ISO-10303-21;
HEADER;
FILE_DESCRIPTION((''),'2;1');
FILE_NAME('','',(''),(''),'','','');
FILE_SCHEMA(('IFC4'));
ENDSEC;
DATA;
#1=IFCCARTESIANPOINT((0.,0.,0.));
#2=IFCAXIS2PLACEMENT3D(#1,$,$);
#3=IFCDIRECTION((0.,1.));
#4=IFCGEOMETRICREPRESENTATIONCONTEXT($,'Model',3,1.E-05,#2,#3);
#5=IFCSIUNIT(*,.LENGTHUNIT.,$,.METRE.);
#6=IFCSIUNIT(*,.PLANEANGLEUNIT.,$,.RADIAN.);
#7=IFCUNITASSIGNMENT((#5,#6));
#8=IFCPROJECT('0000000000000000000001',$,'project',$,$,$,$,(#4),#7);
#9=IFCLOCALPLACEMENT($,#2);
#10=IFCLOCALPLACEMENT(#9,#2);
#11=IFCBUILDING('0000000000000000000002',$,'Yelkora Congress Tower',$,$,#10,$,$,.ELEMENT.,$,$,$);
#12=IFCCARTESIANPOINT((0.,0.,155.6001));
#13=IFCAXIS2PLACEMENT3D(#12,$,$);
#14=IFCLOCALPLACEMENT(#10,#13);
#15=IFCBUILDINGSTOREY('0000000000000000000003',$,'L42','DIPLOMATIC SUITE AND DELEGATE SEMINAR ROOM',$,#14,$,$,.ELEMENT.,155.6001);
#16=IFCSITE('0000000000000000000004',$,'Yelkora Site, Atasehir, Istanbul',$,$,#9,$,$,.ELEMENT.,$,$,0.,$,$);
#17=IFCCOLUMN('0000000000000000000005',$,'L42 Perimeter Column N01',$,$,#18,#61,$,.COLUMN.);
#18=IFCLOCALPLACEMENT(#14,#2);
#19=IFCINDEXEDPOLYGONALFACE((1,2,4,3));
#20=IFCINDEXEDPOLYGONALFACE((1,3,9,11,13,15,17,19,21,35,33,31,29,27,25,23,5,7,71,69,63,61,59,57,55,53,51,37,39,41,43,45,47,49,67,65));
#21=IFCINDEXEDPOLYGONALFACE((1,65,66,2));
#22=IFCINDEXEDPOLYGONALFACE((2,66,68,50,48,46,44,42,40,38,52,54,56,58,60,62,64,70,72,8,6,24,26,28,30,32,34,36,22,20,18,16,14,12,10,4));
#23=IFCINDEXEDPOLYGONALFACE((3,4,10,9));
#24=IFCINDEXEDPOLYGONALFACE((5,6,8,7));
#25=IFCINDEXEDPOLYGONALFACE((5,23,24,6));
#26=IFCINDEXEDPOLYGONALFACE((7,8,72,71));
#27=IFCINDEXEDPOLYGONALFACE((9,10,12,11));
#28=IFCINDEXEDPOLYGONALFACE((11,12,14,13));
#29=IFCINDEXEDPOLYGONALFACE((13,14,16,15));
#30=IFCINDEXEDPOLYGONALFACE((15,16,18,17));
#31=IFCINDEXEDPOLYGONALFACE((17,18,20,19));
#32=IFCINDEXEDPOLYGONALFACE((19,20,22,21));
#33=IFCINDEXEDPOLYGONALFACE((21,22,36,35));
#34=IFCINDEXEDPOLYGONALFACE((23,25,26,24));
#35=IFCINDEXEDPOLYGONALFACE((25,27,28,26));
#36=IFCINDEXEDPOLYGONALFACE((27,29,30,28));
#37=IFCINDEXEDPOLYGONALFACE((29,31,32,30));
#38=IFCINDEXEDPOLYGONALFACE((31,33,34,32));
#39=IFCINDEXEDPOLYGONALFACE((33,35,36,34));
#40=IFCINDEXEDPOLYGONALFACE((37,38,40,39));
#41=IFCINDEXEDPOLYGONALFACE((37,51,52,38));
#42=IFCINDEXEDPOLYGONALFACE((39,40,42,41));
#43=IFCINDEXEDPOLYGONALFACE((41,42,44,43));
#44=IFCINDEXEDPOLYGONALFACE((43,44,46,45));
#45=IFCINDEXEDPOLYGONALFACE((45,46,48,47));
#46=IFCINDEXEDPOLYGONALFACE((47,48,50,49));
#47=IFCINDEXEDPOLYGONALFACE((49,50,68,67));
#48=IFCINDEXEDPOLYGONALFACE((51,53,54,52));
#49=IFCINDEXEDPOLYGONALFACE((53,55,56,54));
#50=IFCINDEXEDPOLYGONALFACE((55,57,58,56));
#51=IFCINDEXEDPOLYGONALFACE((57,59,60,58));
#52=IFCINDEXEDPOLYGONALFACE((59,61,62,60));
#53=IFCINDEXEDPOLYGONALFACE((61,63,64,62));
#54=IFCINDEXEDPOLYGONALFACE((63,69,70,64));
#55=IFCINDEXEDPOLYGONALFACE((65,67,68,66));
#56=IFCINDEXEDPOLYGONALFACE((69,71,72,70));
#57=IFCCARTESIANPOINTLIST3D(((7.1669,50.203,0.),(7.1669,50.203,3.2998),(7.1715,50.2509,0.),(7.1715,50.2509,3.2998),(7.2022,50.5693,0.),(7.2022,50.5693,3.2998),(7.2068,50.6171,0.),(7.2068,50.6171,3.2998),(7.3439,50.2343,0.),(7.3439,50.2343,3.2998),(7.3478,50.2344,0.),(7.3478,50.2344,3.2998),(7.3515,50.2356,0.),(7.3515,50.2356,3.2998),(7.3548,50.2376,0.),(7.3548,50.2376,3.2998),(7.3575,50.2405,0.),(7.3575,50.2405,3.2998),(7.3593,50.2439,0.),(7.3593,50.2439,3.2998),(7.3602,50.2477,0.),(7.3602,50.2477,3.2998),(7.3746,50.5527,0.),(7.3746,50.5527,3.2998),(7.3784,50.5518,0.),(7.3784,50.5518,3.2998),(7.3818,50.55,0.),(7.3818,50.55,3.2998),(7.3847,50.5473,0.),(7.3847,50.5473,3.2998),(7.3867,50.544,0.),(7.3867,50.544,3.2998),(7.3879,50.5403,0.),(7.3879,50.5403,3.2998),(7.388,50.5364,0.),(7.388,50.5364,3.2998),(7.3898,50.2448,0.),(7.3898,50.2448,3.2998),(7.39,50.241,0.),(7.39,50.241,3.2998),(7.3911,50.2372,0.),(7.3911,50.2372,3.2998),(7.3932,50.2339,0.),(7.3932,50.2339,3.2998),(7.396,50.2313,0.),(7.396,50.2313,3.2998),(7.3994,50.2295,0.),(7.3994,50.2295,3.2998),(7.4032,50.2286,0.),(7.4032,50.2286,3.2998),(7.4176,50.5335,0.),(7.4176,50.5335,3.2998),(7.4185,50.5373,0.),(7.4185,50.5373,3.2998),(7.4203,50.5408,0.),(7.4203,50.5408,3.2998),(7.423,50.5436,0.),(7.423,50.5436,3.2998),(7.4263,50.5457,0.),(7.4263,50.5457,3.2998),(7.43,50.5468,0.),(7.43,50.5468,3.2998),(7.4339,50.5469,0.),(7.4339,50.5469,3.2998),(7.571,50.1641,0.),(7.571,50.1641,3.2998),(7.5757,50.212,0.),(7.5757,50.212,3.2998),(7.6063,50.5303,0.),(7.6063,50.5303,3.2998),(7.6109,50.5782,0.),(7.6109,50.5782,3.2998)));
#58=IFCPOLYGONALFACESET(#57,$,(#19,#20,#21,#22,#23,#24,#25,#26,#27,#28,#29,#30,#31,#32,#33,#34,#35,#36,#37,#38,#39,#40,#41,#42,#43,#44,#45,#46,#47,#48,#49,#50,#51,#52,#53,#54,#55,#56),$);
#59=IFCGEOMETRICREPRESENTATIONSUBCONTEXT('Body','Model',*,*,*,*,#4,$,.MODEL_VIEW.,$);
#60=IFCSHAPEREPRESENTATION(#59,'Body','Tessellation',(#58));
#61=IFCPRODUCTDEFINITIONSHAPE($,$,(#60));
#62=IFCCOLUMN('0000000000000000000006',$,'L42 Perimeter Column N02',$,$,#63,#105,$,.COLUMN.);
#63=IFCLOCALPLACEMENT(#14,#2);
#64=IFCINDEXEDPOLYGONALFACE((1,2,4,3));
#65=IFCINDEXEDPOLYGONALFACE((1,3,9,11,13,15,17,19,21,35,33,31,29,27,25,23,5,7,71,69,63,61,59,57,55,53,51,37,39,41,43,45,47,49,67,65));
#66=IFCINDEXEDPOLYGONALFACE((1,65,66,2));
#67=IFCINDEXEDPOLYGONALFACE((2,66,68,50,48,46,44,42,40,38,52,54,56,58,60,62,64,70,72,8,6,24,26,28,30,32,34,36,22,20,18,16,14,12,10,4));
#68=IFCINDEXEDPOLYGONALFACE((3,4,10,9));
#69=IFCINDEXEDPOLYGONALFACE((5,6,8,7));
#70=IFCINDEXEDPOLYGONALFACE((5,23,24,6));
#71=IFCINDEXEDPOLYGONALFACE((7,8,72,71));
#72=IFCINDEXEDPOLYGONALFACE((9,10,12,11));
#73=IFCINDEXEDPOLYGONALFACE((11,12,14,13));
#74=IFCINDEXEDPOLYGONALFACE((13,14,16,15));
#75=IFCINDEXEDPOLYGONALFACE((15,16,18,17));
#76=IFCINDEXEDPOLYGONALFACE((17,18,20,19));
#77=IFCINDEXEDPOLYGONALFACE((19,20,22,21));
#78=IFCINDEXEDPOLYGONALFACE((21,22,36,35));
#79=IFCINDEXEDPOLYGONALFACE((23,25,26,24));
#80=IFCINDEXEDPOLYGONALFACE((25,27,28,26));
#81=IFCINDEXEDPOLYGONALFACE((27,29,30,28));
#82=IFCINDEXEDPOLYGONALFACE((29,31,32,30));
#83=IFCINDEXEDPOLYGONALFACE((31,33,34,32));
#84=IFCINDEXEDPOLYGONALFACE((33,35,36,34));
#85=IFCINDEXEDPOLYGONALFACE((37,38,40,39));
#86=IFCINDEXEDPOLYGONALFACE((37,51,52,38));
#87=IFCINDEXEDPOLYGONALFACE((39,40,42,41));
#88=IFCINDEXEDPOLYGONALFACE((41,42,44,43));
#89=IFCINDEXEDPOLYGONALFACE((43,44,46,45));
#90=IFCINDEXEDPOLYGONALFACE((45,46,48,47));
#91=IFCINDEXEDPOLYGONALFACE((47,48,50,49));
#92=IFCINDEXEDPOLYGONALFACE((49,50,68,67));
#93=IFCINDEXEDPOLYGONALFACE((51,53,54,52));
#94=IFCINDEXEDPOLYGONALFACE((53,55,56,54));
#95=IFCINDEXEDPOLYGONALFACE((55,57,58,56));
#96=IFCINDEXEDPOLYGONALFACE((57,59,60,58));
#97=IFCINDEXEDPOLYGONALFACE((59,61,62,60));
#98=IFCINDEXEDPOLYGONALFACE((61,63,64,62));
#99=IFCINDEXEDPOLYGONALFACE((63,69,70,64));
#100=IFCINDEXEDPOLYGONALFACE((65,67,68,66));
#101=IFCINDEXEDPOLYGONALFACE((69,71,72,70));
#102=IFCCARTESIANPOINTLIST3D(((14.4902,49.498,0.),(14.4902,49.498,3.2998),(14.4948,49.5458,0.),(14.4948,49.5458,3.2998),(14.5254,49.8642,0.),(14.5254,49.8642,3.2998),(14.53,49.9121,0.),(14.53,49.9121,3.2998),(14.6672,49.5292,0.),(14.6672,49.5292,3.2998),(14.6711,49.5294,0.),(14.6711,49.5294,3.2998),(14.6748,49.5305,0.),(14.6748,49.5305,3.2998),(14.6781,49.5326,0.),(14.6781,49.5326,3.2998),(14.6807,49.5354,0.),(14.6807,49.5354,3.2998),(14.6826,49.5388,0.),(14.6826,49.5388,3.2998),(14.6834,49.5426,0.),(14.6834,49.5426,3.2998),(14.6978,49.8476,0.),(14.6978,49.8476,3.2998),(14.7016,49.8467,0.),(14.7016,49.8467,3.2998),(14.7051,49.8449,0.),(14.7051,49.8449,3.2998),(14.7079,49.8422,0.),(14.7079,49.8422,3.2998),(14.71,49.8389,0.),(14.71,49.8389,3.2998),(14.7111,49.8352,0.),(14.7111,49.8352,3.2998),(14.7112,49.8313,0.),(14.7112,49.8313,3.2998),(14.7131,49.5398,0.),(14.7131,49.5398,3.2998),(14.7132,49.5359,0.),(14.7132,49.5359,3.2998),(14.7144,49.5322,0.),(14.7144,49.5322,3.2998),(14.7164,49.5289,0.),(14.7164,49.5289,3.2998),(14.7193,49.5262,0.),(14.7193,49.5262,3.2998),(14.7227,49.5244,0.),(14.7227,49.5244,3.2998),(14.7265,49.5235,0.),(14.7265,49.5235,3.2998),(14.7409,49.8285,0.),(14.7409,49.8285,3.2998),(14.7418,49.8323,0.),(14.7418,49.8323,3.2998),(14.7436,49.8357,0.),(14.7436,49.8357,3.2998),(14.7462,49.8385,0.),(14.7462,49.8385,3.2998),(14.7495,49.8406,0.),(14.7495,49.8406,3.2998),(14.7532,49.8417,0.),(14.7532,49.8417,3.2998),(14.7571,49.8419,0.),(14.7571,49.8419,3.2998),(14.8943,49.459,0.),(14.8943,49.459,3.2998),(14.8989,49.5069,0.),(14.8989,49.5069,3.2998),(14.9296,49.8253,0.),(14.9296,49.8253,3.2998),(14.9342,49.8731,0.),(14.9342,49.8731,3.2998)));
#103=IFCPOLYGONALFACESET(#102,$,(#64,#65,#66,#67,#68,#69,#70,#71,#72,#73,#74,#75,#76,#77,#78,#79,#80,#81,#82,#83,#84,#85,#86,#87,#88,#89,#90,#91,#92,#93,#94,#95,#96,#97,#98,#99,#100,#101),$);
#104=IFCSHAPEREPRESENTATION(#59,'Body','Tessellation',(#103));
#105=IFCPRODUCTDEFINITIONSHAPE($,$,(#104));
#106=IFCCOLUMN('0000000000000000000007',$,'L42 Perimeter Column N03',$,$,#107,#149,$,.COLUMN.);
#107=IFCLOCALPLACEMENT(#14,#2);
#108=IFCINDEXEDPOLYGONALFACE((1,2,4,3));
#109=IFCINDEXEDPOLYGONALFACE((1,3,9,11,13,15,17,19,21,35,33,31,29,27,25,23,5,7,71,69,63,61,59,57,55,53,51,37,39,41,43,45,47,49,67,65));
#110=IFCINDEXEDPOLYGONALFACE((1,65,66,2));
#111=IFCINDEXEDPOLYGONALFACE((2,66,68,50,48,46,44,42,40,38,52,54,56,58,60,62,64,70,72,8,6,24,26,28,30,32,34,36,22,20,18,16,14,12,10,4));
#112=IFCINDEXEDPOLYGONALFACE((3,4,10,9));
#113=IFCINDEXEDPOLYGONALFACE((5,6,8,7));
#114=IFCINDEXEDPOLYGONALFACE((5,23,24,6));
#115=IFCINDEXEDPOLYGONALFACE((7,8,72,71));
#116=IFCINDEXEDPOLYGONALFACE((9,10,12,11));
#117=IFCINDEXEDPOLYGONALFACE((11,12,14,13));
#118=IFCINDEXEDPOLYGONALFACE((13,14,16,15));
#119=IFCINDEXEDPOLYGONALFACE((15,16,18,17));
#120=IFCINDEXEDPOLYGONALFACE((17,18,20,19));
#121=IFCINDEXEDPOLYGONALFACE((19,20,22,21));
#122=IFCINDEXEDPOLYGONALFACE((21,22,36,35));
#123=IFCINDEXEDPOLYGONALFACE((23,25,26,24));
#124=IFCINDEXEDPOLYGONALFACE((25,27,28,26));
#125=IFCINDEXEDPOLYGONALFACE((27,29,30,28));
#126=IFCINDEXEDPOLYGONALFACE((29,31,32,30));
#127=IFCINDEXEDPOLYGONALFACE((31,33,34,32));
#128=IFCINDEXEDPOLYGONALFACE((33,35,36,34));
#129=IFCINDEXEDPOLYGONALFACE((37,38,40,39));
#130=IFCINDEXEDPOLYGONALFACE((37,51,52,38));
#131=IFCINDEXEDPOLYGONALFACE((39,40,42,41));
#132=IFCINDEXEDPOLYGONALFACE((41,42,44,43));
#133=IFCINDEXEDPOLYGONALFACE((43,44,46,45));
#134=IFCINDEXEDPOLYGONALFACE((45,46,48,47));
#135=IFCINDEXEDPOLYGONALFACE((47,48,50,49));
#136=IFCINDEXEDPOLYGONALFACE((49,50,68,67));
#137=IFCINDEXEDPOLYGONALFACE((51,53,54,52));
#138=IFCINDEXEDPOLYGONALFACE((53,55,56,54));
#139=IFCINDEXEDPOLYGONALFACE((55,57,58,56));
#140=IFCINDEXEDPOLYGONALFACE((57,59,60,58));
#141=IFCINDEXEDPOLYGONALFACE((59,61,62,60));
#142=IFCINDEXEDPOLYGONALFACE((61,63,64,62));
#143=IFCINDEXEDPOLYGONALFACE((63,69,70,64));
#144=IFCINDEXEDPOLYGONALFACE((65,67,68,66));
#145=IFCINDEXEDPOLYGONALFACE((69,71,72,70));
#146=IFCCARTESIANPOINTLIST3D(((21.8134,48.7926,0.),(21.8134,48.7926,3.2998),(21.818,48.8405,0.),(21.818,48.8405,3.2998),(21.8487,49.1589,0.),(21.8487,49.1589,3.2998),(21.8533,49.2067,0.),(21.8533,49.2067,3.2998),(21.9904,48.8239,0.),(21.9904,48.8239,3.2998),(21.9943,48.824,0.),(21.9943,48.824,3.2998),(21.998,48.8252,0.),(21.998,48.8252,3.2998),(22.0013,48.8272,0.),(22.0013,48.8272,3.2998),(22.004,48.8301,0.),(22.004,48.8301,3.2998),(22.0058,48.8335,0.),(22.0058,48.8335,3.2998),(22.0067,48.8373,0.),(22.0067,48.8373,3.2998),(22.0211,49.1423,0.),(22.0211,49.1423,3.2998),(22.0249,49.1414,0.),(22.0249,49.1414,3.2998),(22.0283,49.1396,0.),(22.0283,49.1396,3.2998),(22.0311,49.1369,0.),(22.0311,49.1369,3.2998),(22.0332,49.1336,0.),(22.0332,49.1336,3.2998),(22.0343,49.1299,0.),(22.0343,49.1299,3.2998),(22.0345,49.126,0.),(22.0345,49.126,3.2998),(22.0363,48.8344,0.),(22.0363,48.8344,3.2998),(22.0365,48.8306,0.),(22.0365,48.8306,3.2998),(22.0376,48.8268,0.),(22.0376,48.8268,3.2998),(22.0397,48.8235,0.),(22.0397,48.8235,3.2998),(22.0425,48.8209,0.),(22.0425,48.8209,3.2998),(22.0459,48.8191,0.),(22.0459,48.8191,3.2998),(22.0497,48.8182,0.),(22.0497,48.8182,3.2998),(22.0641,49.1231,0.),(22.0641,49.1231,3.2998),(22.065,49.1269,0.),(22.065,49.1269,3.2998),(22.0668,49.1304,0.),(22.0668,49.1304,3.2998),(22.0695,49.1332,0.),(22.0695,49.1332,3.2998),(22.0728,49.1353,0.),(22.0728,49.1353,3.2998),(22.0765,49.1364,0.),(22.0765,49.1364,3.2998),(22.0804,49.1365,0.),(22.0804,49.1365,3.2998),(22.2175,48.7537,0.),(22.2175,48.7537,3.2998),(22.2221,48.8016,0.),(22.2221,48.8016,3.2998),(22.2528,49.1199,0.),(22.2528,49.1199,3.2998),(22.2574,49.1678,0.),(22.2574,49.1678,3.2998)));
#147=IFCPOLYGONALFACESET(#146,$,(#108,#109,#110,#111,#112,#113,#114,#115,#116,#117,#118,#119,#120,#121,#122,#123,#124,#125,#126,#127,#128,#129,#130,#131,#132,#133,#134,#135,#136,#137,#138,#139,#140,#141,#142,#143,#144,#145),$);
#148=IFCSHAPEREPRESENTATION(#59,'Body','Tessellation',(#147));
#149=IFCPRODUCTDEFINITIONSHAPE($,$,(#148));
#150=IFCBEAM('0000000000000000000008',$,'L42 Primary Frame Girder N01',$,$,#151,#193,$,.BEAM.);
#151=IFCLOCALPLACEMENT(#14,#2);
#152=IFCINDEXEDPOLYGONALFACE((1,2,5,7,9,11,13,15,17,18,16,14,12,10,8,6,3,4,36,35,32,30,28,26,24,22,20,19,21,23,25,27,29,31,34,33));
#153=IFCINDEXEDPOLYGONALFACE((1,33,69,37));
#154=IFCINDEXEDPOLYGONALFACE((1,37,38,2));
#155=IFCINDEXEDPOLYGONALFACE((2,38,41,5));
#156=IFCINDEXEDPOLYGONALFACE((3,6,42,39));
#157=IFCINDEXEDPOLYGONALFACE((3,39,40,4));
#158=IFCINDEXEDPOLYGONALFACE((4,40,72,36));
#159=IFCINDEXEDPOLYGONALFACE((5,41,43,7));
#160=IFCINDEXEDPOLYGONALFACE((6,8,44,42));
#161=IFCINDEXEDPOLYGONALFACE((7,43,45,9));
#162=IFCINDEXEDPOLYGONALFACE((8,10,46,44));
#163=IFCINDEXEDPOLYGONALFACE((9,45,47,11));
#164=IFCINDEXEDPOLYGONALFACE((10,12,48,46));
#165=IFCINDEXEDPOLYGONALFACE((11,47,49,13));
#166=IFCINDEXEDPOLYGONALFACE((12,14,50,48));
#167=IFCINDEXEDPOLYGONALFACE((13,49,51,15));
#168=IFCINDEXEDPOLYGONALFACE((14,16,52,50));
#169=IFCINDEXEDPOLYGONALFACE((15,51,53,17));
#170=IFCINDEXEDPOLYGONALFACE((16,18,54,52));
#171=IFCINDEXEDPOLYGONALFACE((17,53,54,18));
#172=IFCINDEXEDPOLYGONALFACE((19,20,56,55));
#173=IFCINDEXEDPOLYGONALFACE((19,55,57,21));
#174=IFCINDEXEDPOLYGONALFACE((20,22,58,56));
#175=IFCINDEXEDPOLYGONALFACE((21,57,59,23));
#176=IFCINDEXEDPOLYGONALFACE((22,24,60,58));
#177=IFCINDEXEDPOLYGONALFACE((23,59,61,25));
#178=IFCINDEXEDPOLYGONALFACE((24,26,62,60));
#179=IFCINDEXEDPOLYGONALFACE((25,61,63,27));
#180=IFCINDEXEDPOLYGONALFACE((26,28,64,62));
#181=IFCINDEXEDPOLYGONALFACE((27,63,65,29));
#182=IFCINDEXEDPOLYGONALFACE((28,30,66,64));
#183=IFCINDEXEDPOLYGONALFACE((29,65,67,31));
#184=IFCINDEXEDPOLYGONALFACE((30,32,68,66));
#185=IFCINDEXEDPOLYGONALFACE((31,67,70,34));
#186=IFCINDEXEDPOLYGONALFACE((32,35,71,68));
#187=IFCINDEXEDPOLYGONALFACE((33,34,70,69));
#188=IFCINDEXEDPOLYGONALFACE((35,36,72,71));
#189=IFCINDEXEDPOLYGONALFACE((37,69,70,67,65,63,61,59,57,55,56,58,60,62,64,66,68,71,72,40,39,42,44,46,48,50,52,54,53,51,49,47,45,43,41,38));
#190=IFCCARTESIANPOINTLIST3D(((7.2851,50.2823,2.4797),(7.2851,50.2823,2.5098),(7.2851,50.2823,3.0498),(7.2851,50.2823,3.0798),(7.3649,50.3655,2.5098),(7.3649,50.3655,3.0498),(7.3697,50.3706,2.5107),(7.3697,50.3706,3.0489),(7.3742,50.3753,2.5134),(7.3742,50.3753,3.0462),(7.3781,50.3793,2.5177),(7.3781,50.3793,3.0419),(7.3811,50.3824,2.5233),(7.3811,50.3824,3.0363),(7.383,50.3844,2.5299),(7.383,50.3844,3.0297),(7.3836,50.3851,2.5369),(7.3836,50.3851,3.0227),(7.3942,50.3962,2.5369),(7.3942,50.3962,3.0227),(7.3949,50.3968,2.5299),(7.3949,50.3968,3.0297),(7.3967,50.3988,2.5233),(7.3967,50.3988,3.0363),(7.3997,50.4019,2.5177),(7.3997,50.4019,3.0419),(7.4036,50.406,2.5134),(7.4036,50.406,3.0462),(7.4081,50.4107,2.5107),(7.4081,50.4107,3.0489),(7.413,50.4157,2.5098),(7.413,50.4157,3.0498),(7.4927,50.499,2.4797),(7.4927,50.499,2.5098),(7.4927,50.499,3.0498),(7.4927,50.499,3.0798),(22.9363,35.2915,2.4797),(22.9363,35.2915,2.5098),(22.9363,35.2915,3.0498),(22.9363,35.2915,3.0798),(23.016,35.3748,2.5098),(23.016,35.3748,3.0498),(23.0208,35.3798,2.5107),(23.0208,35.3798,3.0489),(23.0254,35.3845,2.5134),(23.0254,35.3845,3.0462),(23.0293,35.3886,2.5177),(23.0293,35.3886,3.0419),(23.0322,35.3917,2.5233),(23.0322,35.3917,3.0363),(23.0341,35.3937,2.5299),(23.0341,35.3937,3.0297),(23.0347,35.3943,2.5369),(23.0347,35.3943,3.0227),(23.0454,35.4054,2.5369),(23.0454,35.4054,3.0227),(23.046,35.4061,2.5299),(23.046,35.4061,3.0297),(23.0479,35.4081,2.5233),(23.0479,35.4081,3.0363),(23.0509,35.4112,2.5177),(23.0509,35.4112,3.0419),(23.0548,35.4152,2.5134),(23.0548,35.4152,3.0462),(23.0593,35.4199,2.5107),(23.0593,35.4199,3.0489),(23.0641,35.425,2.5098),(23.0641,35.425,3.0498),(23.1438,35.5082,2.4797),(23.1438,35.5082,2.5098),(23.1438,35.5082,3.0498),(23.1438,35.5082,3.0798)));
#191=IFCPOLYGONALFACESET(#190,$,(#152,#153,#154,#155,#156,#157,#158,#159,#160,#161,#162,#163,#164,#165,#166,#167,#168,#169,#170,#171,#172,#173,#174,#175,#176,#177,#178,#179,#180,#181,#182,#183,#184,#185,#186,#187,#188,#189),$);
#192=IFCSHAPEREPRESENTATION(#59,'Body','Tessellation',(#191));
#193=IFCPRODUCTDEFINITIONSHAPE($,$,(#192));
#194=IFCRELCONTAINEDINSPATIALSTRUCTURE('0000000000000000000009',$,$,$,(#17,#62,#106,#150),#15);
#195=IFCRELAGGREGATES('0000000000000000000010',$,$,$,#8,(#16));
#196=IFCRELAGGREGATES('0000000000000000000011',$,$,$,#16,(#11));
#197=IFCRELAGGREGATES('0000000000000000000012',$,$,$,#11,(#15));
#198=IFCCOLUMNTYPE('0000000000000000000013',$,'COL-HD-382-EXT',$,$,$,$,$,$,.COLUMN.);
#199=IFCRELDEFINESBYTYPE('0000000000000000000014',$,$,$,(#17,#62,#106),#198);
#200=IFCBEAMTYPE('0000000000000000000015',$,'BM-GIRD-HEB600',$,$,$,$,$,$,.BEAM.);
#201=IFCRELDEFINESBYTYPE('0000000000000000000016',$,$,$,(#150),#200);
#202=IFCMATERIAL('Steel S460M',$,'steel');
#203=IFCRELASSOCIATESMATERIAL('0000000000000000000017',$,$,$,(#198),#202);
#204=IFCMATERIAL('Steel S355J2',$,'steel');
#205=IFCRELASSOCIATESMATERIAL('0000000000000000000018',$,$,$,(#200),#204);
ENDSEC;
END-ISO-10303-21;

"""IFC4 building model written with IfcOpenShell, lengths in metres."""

from ifc_helpers import new_model, si_unit, direction, frame, origin, origin_2d, place, context, subcontext, project, spatial, i_section, extrude, material, material_profile, profile_set, type_object, element, save


model = new_model("IFC4")

# Units and contexts
model_context = context("Model", 3, precision=1e-05, world=origin(), true_north=direction((0.0, 1.0)))
body_context = subcontext(model_context, "Body", "Model", "MODEL_VIEW")
ifc_project = project(units=[si_unit("LENGTHUNIT", "METRE"), si_unit("PLANEANGLEUNIT", "RADIAN")], contexts=[model_context])

# Site, building, storey
site_placement = place(None, origin())
site = spatial("IfcSite", under=ifc_project, at=site_placement, Name="Yelkora Site, Atasehir, Istanbul", CompositionType="ELEMENT", RefElevation=0.0)
building_placement = place(site_placement, origin())
building = spatial("IfcBuilding", under=site, at=building_placement, Name="Yelkora Congress Tower", CompositionType="ELEMENT")
storey_placement = place(building_placement, frame((0.0, 0.0, 155.6001)))
storey = spatial("IfcBuildingStorey", under=building, at=storey_placement, Name="L42", Description="DIPLOMATIC SUITE AND DELEGATE SEMINAR ROOM", CompositionType="ELEMENT", Elevation=155.6001)

# Columns
ifc_material_1 = material(Name="Steel S460M", Category="steel")
ifc_material_profile_1 = material_profile(ifc_material_1, i_section(OverallWidth=0.406, OverallDepth=0.416, WebThickness=0.0298, FlangeThickness=0.0481, FilletRadius=0.0149, at=origin_2d()), Name="HD 400x382")
ifc_profile_set_1 = profile_set([ifc_material_profile_1], Name="Steel S460M")
column_type = type_object("IfcColumnType", Name="COL-HD-382-EXT", PredefinedType="COLUMN", material=ifc_profile_set_1)
for number, where, z_axis, x_axis, name in (
    (1, (7.3889, 50.3906, 0.0), (0.0, 0.0, 1.0), (0.995396, -0.095846, 0.0), "L42 Perimeter Column N01"),
    (2, (14.7122, 49.6855, 0.0), (0.0, 0.0, 1.0), (0.995396, -0.095846, 0.0), "L42 Perimeter Column N02"),
    (3, (22.0354, 48.9802, 0.0), (0.0, 0.0, 1.0), (0.995396, -0.095846, 0.0), "L42 Perimeter Column N03"),
):
    element("IfcColumn", number, at=place(storey_placement, frame(where, z_axis=z_axis, x_axis=x_axis)), inside=storey, type_object=column_type, Name=name, PredefinedType="COLUMN", context=body_context, shape_type="SweptSolid", body=[
        extrude(i_section(OverallWidth=0.406, OverallDepth=0.416, WebThickness=0.0298, FlangeThickness=0.0481, FilletRadius=0.0149, at=origin_2d()), origin(), (0.0, 0.0, 1.0), 3.2998),
    ])

# Beam
ifc_material_2 = material(Name="Steel S355J2", Category="steel")
ifc_material_profile_2 = material_profile(ifc_material_2, i_section(OverallWidth=0.3, OverallDepth=0.6001, WebThickness=0.0154, FlangeThickness=0.03, FilletRadius=0.0271, at=origin_2d()), Name="HEB 600")
ifc_profile_set_2 = profile_set([ifc_material_profile_2], Name="Steel S355J2")
beam_type_1 = type_object("IfcBeamType", Name="BM-GIRD-HEB600", PredefinedType="BEAM", material=ifc_profile_set_2)
beam_1_placement = place(storey_placement, frame((7.3889, 50.3906, 2.7798), z_axis=(0.722179, -0.691706, 0.0), x_axis=(0.691706, 0.722179, 0.0)))
element("IfcBeam", 4, at=beam_1_placement, inside=storey, type_object=beam_type_1, Name="L42 Primary Frame Girder N01", PredefinedType="BEAM", context=body_context, shape_type="SweptSolid", body=[
    extrude(i_section(OverallWidth=0.3, OverallDepth=0.6001, WebThickness=0.0154, FlangeThickness=0.03, FilletRadius=0.0271, at=origin_2d()), origin(), (0.0, 0.0, 1.0), 21.6721),
])

save(model, "model.ifc")
